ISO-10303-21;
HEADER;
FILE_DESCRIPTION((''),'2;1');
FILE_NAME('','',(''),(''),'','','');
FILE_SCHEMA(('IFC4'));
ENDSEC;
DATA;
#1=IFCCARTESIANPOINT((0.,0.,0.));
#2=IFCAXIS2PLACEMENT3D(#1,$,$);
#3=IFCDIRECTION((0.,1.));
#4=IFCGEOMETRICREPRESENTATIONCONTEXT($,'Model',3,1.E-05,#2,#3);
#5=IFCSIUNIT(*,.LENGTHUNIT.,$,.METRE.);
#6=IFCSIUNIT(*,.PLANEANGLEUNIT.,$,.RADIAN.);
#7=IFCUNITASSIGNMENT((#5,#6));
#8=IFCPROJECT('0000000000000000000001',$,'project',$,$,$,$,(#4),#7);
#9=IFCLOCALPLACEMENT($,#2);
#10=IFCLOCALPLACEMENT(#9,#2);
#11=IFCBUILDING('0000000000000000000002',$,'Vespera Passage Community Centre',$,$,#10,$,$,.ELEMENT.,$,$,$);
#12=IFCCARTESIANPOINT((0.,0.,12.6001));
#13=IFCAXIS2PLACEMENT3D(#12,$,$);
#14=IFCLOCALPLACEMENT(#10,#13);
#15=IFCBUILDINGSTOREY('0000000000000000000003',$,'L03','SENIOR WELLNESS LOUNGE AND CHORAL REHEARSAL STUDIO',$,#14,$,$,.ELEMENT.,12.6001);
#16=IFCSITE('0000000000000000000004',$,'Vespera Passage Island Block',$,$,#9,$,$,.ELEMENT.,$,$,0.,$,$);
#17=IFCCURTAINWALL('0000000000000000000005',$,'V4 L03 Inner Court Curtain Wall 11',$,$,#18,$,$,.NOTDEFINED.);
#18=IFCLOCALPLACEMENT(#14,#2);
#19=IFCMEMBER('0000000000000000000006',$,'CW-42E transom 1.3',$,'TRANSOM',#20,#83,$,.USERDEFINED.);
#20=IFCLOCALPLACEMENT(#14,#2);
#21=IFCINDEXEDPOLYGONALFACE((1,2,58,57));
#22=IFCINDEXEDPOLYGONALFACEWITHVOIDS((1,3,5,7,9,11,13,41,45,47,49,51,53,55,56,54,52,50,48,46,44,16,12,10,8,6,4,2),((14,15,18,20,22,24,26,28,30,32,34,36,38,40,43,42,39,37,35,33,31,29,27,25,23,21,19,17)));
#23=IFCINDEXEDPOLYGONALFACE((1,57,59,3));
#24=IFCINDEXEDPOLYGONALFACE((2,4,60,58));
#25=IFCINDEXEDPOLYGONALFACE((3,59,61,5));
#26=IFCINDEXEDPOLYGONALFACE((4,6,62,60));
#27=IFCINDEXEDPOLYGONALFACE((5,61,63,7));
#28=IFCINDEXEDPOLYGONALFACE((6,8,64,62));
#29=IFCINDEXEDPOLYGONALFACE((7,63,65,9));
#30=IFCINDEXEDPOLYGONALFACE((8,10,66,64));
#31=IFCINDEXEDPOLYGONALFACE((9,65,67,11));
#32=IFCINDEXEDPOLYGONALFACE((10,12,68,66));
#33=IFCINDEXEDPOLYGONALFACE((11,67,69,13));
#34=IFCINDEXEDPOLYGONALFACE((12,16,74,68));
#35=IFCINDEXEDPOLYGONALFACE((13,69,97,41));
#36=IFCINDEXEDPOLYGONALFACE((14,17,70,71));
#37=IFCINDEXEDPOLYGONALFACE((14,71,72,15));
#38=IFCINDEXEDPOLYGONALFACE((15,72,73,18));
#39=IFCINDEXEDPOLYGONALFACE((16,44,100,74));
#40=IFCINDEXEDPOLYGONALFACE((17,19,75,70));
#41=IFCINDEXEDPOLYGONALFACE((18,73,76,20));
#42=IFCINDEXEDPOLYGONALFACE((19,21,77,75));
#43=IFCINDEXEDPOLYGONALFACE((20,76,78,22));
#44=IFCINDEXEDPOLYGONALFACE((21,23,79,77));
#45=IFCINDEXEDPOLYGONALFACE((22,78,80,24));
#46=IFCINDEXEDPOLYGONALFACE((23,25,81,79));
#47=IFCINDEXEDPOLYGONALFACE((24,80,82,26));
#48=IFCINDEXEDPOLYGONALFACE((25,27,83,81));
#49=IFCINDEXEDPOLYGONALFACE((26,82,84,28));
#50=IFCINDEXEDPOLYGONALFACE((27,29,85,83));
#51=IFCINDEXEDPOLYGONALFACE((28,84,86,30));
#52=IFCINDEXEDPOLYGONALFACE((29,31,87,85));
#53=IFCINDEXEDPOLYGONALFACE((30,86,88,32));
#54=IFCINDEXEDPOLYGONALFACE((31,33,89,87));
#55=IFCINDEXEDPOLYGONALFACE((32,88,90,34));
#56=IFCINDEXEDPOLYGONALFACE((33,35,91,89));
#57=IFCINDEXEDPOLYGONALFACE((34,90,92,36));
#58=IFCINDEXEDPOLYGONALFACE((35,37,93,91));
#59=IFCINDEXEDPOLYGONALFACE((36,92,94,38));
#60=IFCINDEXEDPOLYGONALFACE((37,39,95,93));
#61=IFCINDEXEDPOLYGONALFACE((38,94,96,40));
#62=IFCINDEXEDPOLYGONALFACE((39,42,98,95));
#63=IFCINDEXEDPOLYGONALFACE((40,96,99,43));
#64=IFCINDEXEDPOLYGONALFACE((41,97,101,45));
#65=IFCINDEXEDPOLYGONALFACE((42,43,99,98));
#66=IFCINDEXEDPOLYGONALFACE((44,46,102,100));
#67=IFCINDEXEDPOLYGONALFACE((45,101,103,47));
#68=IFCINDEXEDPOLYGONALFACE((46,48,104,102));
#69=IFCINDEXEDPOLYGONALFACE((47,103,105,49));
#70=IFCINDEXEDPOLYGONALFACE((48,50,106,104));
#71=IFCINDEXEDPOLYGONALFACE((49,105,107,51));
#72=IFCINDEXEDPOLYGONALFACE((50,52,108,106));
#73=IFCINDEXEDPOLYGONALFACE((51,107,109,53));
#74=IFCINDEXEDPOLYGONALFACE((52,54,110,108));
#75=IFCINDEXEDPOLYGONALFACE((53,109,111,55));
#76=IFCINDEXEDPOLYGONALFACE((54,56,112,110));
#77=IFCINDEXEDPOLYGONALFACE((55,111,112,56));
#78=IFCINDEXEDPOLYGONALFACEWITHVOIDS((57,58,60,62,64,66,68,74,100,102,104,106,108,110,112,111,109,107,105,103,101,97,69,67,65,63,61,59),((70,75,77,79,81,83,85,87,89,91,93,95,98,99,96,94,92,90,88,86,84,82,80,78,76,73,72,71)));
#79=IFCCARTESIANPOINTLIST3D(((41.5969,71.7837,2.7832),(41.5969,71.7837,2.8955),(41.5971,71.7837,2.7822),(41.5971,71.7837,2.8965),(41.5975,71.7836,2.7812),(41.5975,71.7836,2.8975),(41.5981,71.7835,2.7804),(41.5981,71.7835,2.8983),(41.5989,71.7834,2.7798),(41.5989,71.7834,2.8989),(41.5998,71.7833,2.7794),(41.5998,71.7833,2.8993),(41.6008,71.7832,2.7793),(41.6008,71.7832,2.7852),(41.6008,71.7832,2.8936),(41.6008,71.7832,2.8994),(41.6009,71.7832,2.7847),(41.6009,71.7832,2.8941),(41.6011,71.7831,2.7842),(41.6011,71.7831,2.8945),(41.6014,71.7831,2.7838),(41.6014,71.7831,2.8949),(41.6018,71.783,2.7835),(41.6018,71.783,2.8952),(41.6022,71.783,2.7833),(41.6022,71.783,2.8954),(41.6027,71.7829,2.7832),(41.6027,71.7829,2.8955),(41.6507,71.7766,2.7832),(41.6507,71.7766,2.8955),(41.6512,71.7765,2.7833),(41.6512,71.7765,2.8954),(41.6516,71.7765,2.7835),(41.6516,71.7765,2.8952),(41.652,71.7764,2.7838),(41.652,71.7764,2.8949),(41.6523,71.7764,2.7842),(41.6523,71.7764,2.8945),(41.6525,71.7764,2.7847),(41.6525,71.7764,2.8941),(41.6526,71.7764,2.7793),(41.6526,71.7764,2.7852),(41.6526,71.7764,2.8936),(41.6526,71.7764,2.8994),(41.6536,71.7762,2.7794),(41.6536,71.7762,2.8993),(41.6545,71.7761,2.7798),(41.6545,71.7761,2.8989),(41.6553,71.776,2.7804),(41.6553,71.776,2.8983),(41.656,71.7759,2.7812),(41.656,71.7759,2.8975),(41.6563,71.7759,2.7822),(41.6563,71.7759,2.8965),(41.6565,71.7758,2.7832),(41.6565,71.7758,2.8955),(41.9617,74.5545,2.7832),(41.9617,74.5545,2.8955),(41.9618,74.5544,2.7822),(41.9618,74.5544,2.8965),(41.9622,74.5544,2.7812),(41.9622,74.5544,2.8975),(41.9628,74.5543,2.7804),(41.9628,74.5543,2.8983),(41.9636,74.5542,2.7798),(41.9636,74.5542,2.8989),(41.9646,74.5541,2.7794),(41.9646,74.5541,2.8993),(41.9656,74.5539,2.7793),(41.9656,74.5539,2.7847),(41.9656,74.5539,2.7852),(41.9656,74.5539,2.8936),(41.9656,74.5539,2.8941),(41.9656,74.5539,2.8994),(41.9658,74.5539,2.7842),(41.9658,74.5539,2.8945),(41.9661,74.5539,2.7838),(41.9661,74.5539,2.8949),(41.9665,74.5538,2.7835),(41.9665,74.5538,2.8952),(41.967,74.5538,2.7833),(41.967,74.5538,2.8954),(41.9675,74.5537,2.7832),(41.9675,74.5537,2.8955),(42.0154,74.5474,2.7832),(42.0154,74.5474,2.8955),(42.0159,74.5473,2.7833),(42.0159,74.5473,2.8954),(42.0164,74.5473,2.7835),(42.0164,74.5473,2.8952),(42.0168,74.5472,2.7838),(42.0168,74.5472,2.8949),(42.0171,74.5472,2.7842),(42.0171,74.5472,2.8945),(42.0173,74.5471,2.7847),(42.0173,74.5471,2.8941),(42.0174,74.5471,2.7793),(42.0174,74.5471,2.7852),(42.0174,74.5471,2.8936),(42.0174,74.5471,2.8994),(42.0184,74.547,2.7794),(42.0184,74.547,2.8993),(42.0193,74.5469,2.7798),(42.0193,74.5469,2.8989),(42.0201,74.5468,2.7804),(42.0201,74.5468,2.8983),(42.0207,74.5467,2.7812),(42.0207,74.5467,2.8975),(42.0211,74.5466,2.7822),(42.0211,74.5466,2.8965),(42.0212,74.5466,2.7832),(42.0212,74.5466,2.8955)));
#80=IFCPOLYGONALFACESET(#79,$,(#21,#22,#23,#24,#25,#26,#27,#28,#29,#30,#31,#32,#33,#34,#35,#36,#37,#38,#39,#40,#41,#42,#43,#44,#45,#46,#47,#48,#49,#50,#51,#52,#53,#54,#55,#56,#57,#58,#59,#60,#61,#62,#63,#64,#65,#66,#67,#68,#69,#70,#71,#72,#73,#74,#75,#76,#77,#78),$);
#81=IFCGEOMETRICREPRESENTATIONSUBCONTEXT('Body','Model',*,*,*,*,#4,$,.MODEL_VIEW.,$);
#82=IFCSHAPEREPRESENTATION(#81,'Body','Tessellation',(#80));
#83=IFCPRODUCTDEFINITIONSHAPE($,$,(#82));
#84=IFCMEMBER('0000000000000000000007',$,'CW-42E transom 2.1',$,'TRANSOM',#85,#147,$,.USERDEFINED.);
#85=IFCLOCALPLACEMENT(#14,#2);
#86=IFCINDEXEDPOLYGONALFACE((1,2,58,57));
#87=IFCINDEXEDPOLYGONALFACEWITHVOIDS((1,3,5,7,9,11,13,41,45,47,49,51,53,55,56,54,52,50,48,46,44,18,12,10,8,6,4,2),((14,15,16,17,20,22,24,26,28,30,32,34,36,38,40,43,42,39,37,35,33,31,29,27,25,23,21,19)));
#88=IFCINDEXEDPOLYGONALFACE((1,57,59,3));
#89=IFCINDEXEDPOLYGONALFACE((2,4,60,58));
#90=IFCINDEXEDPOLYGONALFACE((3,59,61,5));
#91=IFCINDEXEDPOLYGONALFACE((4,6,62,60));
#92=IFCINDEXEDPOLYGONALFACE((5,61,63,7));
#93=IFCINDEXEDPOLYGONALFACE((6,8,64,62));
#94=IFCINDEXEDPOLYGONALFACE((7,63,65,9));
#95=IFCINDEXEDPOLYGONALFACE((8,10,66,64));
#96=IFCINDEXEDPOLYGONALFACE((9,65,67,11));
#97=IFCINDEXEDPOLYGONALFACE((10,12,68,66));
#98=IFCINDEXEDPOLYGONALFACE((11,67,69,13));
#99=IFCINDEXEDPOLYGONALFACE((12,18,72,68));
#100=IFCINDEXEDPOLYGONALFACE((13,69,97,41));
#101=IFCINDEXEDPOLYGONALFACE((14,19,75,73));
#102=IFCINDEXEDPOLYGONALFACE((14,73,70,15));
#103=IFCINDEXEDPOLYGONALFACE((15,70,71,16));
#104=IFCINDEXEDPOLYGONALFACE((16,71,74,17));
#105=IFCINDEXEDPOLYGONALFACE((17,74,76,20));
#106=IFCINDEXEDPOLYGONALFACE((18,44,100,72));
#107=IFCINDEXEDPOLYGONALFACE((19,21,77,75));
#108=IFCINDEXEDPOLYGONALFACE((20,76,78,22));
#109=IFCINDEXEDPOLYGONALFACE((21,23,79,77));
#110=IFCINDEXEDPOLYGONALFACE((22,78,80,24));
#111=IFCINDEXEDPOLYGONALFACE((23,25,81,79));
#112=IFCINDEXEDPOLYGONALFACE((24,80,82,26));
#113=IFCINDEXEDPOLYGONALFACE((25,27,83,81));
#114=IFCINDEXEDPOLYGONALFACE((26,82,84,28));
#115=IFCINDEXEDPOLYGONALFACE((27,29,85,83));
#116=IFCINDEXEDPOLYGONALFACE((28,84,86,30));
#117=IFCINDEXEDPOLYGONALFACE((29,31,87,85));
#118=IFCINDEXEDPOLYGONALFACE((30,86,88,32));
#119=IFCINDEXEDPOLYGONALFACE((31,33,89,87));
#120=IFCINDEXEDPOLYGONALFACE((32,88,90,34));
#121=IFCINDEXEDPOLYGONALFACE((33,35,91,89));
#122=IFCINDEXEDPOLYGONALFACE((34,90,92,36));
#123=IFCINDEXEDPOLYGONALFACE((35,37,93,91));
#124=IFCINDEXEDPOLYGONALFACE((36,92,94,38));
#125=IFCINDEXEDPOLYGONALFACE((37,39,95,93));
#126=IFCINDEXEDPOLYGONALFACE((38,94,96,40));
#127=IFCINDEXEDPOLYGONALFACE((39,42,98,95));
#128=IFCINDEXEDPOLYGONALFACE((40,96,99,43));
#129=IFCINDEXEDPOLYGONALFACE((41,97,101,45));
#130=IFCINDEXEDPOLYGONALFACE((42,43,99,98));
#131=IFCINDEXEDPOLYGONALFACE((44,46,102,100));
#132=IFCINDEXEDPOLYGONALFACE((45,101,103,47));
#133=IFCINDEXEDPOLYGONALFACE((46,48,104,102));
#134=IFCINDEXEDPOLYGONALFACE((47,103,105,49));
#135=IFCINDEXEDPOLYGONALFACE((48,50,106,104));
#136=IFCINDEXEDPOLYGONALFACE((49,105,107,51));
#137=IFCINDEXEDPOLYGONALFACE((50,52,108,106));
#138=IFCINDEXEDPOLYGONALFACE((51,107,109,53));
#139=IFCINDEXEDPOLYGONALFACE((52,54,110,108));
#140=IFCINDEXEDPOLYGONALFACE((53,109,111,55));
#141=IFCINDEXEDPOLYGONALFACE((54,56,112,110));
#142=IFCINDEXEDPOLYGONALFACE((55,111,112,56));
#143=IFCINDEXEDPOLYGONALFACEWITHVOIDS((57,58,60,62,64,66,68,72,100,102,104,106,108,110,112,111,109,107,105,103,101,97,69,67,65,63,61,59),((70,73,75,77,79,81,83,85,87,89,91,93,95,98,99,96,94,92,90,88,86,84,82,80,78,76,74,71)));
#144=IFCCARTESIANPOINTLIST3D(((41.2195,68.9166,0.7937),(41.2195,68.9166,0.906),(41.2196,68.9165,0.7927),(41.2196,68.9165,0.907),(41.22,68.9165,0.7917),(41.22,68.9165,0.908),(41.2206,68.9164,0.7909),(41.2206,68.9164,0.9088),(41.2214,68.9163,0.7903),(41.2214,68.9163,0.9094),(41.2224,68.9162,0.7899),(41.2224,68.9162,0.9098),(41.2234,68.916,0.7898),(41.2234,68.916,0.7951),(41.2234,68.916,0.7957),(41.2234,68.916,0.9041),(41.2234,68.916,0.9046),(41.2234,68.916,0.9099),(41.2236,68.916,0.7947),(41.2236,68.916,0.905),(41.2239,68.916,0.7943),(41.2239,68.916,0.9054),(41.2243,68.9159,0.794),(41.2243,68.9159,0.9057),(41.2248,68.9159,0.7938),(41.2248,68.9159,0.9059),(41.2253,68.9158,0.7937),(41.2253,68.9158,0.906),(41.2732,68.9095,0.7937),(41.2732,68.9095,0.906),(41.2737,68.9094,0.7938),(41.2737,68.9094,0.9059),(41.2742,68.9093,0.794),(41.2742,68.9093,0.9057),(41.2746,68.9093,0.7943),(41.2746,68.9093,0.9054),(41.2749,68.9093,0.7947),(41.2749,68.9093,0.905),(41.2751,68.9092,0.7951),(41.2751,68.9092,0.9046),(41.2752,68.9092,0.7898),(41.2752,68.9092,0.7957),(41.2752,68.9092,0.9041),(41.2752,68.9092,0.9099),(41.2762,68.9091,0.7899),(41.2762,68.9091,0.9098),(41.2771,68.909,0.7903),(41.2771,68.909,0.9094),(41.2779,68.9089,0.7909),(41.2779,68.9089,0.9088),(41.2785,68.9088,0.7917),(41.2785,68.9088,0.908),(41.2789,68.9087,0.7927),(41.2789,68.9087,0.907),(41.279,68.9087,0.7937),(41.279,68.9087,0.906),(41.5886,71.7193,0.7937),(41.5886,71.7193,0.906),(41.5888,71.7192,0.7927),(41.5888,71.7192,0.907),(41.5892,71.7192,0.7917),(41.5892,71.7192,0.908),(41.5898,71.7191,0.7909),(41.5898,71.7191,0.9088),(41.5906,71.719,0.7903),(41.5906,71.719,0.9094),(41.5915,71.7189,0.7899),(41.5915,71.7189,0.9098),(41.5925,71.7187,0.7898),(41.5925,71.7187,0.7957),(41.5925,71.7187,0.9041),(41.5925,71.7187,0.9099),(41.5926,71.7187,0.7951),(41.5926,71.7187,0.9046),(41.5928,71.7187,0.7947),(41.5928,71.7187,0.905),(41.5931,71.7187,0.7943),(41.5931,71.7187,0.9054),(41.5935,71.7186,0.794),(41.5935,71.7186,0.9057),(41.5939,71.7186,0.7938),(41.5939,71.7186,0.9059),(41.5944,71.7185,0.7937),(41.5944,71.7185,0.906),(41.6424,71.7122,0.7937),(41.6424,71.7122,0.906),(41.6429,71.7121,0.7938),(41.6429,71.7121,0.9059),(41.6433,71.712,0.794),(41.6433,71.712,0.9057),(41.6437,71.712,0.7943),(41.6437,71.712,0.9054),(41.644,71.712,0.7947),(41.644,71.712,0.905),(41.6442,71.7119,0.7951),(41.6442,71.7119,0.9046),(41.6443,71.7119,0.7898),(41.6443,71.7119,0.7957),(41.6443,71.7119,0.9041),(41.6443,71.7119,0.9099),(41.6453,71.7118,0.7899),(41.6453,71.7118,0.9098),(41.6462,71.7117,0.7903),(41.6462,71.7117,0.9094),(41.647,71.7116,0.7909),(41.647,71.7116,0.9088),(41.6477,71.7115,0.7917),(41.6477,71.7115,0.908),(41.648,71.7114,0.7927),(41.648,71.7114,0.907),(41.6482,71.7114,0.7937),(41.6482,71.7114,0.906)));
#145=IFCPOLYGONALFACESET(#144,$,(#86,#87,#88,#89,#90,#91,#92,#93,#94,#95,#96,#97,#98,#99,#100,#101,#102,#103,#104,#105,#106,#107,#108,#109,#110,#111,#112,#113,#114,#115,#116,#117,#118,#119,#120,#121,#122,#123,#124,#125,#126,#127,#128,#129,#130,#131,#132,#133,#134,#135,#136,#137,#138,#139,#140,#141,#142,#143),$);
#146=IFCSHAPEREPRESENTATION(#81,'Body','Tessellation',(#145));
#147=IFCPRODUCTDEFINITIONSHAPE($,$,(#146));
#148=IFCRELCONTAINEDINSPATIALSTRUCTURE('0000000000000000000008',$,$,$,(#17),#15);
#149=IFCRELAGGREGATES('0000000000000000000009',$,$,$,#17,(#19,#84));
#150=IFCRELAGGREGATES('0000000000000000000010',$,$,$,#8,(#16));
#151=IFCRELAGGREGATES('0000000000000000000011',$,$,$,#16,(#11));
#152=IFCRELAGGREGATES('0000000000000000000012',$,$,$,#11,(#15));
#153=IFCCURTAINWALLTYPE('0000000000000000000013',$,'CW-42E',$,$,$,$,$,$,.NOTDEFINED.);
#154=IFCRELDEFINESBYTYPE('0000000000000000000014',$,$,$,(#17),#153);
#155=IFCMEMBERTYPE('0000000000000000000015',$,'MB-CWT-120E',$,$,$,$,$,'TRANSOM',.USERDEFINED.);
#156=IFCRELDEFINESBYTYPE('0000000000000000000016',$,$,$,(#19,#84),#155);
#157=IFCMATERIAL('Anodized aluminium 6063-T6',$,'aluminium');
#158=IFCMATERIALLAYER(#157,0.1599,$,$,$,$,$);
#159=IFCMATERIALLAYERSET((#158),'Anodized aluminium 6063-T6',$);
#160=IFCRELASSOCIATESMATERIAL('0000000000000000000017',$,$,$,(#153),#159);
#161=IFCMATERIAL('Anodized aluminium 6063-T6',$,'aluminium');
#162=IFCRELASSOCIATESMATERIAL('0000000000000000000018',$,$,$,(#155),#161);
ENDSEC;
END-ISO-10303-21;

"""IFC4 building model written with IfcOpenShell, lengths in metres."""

from ifc_helpers import new_model, si_unit, direction, frame, origin, origin_2d, place, context, subcontext, project, spatial, hollow_rectangle, extrude, material, layer, layer_set, material_profile, profile_set, type_object, element, aggregate, save


model = new_model("IFC4")

# Units and contexts
model_context = context("Model", 3, precision=1e-05, world=origin(), true_north=direction((0.0, 1.0)))
body_context = subcontext(model_context, "Body", "Model", "MODEL_VIEW")
ifc_project = project(units=[si_unit("LENGTHUNIT", "METRE"), si_unit("PLANEANGLEUNIT", "RADIAN")], contexts=[model_context])

# Site, building, storey
site_placement = place(None, origin())
site = spatial("IfcSite", under=ifc_project, at=site_placement, Name="Vespera Passage Island Block", CompositionType="ELEMENT", RefElevation=0.0)
building_placement = place(site_placement, origin())
building = spatial("IfcBuilding", under=site, at=building_placement, Name="Vespera Passage Community Centre", CompositionType="ELEMENT")
storey_placement = place(building_placement, frame((0.0, 0.0, 12.6001)))
storey = spatial("IfcBuildingStorey", under=building, at=storey_placement, Name="L03", Description="SENIOR WELLNESS LOUNGE AND CHORAL REHEARSAL STUDIO", CompositionType="ELEMENT", Elevation=12.6001)

# Curtain wall
ifc_material_1 = material(Name="Anodized aluminium 6063-T6", Category="aluminium")
ifc_layer_1 = layer(ifc_material_1, 0.1599)
ifc_layer_set_1 = layer_set([ifc_layer_1], Name="Anodized aluminium 6063-T6")
curtain_wall_type_1 = type_object("IfcCurtainWallType", Name="CW-42E", PredefinedType="NOTDEFINED", material=ifc_layer_set_1)
curtain_wall_1_placement = place(storey_placement, origin())
curtain_wall_1 = element("IfcCurtainWall", 1, at=curtain_wall_1_placement, inside=storey, type_object=curtain_wall_type_1, Name="V4 L03 Inner Court Curtain Wall 11", PredefinedType="NOTDEFINED")

# Members
ifc_material_2 = material(Name="Anodized aluminium 6063-T6", Category="aluminium")
ifc_material_profile_1 = material_profile(ifc_material_2, hollow_rectangle(XDim=0.0601, YDim=0.1201, WallThickness=0.0039, InnerFilletRadius=0.002, OuterFilletRadius=0.0039, at=origin_2d()), Name="ALU120X60X4")
ifc_profile_set_1 = profile_set([ifc_material_profile_1], Name="Anodized aluminium 6063-T6")
member_type_1 = type_object("IfcMemberType", Name="MB-CWT-120E", ElementType="TRANSOM", PredefinedType="USERDEFINED", material=ifc_profile_set_1)
member_1_placement = place(storey_placement, frame((41.9915, 74.5505, 2.8394), z_axis=(-0.130516, -0.991446, 0.0), x_axis=(0.991446, -0.130516, 0.0)))
member_1 = element("IfcMember", 2, at=member_1_placement, type_object=member_type_1, Name="CW-42E transom 1.3", ObjectType="TRANSOM", PredefinedType="USERDEFINED", context=body_context, shape_type="SweptSolid", body=[
    extrude(hollow_rectangle(XDim=0.0601, YDim=0.1201, WallThickness=0.0039, InnerFilletRadius=0.002, OuterFilletRadius=0.0039, at=origin_2d()), origin(), (0.0, 0.0, 1.0), 2.7947),
])
member_2_placement = place(storey_placement, frame((41.6184, 71.7153, 0.8499), z_axis=(-0.13058, -0.991438, 0.0), x_axis=(0.991438, -0.13058, 0.0)))
member_2 = element("IfcMember", 3, at=member_2_placement, type_object=member_type_1, Name="CW-42E transom 2.1", ObjectType="TRANSOM", PredefinedType="USERDEFINED", context=body_context, shape_type="SweptSolid", body=[
    extrude(hollow_rectangle(XDim=0.0601, YDim=0.1201, WallThickness=0.0039, InnerFilletRadius=0.002, OuterFilletRadius=0.0039, at=origin_2d()), origin(), (0.0, 0.0, 1.0), 2.8269),
])

aggregate(curtain_wall_1, [member_1, member_2])

save(model, "model.ifc")
